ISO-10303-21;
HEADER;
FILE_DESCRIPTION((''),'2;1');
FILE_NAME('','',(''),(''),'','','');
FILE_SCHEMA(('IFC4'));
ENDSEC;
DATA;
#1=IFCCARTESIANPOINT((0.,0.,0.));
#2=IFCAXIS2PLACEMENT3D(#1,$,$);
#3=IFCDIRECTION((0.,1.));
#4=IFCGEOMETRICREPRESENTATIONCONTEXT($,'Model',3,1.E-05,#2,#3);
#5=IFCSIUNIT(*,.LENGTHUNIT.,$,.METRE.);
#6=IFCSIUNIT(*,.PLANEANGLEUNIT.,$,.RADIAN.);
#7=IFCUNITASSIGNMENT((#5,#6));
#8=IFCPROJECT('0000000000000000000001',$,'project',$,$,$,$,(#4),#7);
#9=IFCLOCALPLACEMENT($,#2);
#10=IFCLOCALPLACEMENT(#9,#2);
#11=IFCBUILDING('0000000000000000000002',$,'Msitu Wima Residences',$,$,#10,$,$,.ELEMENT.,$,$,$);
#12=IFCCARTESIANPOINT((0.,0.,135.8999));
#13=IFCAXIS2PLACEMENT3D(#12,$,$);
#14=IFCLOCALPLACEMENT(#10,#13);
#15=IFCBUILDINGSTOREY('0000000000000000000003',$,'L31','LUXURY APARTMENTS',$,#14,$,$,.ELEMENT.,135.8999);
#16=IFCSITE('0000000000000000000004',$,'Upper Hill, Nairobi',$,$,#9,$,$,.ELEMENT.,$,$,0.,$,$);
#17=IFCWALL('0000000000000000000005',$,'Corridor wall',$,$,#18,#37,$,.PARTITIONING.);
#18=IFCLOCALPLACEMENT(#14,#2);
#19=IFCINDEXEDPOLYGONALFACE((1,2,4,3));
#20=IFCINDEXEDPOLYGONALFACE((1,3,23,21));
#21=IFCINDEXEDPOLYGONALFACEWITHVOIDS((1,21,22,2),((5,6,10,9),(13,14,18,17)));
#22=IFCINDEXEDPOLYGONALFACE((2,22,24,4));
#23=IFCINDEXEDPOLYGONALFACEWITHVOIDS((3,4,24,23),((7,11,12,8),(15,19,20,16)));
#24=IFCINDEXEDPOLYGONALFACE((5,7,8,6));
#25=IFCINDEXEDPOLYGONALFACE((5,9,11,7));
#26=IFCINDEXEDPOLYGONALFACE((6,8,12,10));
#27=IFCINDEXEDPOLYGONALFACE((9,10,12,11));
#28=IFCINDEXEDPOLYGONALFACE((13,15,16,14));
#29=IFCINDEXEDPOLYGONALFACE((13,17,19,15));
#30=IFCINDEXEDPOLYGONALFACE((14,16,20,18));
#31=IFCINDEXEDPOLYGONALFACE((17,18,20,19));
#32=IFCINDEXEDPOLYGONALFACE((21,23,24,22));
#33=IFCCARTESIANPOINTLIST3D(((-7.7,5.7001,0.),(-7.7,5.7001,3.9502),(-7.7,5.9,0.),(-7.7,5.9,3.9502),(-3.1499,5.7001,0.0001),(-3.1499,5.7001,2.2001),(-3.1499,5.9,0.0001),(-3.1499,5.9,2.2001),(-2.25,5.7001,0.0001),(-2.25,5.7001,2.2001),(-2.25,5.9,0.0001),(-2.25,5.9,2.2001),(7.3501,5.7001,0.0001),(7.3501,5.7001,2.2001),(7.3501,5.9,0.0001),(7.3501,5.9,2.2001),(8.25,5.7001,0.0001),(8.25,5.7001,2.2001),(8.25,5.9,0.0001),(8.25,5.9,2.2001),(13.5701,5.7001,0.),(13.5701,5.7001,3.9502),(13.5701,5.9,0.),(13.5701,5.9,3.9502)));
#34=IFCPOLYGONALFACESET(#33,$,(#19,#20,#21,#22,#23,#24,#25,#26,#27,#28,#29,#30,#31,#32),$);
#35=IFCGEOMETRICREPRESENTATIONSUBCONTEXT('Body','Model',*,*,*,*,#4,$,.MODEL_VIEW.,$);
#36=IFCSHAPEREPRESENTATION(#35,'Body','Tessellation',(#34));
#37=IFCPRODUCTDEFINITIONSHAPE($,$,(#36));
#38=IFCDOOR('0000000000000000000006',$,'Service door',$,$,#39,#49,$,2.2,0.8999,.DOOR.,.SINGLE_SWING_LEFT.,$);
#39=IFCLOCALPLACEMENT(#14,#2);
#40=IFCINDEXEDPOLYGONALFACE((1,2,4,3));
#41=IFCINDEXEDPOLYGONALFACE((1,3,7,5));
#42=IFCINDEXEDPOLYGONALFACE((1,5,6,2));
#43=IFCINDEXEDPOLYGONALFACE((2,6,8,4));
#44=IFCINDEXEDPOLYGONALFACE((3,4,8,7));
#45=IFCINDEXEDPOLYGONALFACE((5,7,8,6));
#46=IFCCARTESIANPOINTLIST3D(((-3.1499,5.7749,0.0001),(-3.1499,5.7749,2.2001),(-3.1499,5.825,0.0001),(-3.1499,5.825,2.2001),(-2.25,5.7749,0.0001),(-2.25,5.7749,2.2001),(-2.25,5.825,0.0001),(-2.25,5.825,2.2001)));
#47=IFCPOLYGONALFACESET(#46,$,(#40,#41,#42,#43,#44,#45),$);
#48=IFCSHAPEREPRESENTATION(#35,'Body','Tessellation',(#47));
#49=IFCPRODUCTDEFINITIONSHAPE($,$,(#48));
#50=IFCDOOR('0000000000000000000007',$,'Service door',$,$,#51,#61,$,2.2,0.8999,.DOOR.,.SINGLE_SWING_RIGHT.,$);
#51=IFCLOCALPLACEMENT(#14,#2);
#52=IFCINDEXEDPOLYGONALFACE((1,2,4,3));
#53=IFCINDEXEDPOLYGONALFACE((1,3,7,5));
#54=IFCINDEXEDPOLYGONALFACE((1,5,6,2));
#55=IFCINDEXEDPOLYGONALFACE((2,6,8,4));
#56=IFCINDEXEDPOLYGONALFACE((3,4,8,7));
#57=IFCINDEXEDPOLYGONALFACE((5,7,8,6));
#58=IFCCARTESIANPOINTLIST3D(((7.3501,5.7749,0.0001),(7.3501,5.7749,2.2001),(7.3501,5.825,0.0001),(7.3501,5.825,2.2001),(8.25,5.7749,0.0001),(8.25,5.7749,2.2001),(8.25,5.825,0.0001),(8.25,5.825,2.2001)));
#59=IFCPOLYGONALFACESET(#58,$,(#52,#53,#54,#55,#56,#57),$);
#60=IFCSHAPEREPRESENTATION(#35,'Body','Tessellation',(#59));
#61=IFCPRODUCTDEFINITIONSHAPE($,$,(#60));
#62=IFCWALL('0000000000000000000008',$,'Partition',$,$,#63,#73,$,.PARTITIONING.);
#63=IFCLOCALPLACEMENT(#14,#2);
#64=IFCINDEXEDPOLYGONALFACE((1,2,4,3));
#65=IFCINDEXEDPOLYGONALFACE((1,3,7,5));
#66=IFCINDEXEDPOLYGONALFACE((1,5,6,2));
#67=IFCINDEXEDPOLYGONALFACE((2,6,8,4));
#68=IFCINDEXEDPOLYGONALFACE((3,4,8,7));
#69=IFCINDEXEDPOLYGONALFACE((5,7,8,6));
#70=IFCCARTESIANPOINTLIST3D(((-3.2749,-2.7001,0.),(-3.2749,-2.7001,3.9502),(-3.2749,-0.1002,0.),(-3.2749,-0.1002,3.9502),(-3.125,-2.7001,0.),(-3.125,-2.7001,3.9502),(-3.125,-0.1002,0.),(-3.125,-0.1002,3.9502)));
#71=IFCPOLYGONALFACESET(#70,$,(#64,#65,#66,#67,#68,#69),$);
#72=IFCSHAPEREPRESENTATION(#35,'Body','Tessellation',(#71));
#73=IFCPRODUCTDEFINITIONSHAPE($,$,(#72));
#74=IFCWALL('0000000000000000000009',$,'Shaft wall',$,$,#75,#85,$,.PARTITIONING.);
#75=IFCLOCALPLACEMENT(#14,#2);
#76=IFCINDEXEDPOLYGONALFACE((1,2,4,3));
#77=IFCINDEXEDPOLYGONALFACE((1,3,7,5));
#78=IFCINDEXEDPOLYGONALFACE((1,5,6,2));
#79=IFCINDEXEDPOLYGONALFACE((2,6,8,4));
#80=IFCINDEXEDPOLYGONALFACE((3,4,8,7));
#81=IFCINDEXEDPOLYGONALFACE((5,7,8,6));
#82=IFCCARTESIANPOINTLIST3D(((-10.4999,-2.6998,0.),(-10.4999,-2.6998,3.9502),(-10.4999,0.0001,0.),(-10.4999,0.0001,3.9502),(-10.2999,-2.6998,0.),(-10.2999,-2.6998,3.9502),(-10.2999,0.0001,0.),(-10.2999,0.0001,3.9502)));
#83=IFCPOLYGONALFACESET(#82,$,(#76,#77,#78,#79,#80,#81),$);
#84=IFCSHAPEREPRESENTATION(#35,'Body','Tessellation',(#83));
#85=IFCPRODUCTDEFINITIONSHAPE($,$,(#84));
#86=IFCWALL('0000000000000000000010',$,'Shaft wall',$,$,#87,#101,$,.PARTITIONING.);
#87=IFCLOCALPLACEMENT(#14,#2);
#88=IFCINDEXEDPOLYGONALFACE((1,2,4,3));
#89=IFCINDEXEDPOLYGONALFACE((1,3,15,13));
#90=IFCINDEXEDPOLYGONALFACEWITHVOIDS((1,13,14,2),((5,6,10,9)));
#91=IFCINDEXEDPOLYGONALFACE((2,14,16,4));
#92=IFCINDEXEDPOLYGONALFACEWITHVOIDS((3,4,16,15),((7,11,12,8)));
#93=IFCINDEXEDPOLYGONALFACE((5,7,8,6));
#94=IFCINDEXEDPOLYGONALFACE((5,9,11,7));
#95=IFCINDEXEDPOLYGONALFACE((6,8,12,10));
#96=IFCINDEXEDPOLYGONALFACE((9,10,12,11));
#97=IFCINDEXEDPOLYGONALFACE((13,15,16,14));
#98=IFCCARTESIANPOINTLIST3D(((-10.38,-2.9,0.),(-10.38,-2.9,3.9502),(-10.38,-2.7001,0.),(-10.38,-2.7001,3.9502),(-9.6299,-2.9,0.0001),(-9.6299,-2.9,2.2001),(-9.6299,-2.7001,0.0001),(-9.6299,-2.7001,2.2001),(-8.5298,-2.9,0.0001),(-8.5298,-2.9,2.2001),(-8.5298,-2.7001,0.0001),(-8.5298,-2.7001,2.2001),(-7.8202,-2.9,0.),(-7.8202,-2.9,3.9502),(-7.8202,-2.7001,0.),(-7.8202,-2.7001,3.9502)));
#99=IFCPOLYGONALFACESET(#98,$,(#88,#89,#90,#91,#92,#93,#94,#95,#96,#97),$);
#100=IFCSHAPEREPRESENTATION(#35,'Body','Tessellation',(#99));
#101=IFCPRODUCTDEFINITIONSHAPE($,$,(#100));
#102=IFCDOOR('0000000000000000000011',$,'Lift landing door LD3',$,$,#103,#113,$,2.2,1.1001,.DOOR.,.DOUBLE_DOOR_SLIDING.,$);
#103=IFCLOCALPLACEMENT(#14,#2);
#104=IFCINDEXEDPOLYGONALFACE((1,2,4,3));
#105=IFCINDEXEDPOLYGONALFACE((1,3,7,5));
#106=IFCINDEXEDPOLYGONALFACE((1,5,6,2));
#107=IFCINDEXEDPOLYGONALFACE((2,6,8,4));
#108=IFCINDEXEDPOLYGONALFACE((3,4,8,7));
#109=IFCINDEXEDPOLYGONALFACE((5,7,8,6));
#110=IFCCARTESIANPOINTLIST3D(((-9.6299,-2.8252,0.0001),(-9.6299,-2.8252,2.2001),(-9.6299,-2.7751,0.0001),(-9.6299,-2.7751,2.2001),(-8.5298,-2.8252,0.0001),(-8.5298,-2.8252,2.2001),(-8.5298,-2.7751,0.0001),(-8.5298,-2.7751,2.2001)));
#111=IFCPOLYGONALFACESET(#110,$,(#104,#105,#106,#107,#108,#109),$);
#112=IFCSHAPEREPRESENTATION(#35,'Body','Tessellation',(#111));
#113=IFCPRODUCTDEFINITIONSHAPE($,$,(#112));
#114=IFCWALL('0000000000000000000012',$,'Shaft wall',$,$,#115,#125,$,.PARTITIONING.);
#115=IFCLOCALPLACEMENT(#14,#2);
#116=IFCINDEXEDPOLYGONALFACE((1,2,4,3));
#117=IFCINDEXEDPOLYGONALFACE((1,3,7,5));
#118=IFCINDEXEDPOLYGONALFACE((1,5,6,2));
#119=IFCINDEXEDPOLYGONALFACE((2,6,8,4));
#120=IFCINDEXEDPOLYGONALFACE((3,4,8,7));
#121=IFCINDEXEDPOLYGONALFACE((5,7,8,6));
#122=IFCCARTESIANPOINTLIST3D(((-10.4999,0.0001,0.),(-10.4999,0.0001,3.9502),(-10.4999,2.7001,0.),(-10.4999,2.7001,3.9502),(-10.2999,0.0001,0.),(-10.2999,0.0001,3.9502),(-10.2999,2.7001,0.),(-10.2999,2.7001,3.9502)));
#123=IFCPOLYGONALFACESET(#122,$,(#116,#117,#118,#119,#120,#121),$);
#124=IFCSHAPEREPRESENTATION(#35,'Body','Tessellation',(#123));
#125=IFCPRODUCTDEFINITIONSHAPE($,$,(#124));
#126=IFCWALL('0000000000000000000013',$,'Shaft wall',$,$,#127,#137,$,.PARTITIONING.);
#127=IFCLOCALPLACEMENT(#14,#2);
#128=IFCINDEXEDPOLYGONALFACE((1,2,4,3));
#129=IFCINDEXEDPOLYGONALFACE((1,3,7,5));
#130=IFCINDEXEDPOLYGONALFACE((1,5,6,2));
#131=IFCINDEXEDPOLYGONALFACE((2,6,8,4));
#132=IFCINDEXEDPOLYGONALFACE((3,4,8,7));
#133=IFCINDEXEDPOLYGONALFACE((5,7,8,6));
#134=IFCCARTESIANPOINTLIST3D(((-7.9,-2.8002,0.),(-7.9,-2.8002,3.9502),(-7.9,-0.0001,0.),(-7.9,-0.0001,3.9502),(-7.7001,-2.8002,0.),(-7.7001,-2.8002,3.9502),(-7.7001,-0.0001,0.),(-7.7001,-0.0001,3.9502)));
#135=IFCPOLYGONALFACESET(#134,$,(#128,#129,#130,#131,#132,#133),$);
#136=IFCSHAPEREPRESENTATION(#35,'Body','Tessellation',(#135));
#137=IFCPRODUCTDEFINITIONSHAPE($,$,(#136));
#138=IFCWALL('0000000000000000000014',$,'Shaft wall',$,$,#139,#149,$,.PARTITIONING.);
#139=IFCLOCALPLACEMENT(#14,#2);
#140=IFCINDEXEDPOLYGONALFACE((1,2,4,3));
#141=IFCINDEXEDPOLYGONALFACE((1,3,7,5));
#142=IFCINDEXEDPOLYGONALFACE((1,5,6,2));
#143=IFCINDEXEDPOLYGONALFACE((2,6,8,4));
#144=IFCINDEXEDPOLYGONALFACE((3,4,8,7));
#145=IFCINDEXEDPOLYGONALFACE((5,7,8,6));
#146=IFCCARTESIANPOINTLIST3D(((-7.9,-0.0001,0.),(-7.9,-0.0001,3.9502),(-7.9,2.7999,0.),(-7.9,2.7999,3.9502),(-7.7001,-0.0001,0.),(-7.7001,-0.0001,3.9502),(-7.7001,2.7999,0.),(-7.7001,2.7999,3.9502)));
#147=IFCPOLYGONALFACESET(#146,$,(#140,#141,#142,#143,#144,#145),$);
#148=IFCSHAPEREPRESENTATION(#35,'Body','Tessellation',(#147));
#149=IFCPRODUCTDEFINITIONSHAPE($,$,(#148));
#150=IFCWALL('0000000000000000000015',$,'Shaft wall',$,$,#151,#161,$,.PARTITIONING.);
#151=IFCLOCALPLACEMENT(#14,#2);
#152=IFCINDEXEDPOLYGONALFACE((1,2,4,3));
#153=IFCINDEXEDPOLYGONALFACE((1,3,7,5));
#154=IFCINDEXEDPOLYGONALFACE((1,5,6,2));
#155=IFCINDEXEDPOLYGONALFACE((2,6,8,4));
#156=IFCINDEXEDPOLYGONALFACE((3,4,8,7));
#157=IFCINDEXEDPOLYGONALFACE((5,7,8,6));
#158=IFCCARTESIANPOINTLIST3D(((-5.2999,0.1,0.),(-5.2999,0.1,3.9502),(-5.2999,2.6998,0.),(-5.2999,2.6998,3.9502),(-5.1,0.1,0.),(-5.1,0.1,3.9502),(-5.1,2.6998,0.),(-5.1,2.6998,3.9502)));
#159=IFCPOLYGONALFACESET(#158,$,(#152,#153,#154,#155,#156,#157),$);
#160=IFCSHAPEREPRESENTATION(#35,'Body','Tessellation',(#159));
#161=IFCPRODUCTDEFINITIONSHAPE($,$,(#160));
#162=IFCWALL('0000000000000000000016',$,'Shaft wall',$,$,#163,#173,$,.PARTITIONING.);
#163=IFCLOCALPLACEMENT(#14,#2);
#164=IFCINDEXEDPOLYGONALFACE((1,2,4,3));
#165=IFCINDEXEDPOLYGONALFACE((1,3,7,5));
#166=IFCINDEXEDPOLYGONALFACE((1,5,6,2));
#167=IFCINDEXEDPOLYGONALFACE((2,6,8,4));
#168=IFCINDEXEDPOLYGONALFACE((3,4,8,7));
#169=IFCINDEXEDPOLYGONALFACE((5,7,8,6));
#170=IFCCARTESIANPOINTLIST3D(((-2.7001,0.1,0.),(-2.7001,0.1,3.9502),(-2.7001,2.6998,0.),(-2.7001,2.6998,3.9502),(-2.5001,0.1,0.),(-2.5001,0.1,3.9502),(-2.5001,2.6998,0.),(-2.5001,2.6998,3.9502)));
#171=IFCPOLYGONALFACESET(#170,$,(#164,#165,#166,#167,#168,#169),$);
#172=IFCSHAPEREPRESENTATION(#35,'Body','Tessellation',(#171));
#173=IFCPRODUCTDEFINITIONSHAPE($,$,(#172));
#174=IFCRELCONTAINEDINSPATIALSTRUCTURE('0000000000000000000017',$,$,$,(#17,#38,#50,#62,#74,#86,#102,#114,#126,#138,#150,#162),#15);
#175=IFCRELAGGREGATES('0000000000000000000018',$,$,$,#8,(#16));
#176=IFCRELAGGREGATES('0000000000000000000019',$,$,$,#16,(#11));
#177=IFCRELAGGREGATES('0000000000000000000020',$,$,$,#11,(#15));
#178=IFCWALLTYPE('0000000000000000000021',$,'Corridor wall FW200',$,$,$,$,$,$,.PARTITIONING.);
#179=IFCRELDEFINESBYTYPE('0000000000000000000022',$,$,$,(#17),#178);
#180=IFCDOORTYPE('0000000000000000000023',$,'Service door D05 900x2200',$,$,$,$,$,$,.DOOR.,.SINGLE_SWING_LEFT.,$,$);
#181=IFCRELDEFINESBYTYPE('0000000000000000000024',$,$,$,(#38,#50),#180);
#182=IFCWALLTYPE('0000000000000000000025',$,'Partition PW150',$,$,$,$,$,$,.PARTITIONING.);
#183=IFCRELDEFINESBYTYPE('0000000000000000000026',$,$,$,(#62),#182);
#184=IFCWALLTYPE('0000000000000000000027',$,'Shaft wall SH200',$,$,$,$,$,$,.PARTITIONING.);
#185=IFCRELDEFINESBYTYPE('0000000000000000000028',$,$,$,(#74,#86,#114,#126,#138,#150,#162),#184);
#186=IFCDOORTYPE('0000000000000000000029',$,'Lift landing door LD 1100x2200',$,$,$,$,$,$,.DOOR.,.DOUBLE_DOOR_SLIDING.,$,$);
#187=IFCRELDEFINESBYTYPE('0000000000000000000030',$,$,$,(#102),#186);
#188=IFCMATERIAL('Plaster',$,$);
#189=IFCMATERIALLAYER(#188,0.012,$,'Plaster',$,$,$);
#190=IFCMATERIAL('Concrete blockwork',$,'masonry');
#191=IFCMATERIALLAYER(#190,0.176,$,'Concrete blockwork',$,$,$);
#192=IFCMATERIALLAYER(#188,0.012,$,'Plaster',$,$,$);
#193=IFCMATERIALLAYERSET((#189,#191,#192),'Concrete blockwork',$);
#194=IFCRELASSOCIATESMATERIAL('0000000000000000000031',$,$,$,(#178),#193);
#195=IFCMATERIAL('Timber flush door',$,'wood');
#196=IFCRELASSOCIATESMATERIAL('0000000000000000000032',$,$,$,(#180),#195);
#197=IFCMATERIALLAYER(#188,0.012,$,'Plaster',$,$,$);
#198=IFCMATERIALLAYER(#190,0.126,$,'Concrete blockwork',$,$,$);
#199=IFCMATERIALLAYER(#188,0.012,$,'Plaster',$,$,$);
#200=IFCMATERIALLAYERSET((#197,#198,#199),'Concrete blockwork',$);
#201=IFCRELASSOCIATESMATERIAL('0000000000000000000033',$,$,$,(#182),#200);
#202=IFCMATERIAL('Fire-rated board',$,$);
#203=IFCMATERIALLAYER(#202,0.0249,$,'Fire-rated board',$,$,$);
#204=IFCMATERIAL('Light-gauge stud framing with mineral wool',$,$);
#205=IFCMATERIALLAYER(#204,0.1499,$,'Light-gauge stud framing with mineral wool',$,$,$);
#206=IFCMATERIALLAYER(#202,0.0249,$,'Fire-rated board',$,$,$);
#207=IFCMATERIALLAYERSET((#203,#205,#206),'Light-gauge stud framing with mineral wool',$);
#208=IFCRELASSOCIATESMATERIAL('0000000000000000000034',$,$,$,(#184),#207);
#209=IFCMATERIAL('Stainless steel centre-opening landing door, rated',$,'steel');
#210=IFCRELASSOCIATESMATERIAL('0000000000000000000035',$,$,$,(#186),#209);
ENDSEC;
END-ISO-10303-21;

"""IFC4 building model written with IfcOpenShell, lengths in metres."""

from ifc_helpers import new_model, si_unit, direction, frame, frame_2d, origin, place, context, subcontext, project, spatial, rectangle, extrude, material, layer, layer_set, type_object, element, fill, save


model = new_model("IFC4")

# Units and contexts
model_context = context("Model", 3, precision=1e-05, world=origin(), true_north=direction((0.0, 1.0)))
body_context = subcontext(model_context, "Body", "Model", "MODEL_VIEW")
ifc_project = project(units=[si_unit("LENGTHUNIT", "METRE"), si_unit("PLANEANGLEUNIT", "RADIAN")], contexts=[model_context])

# Site, building, storey
site_placement = place(None, origin())
site = spatial("IfcSite", under=ifc_project, at=site_placement, Name="Upper Hill, Nairobi", CompositionType="ELEMENT", RefElevation=0.0)
building_placement = place(site_placement, origin())
building = spatial("IfcBuilding", under=site, at=building_placement, Name="Msitu Wima Residences", CompositionType="ELEMENT")
storey_placement = place(building_placement, frame((0.0, 0.0, 135.8999)))
storey = spatial("IfcBuildingStorey", under=building, at=storey_placement, Name="L31", Description="LUXURY APARTMENTS", CompositionType="ELEMENT", Elevation=135.8999)

# Shared definitions
ifc_material_1 = material(Name="Plaster")
ifc_layer_1 = layer(ifc_material_1, 0.012, Name="Plaster")
ifc_material_2 = material(Name="Concrete blockwork", Category="masonry")
ifc_layer_2 = layer(ifc_material_2, 0.176, Name="Concrete blockwork")
ifc_layer_3 = layer(ifc_material_1, 0.012, Name="Plaster")
ifc_layer_set_1 = layer_set([ifc_layer_1, ifc_layer_2, ifc_layer_3], Name="Concrete blockwork")
wall_type_1 = type_object("IfcWallType", Name="Corridor wall FW200", PredefinedType="PARTITIONING", material=ifc_layer_set_1)
ifc_material_3 = material(Name="Timber flush door", Category="wood")
door_type_1 = type_object("IfcDoorType", Name="Service door D05 900x2200", OperationType="SINGLE_SWING_LEFT", PredefinedType="DOOR", material=ifc_material_3)

# Wall, openings, doors
wall_1_placement = place(storey_placement, frame((-7.7, 5.8, 0.0), z_axis=(0.0, 0.0, 1.0), x_axis=(1.0, 0.0, 0.0)))
wall_1 = element("IfcWall", 1, at=wall_1_placement, inside=storey, type_object=wall_type_1, Name="Corridor wall", PredefinedType="PARTITIONING", context=body_context, shape_type="SweptSolid", body=[
    extrude(rectangle(XDim=21.27, YDim=0.2, at=frame_2d((10.635, 0.0))), origin(), (0.0, 0.0, 1.0), 3.9502),
])
opening_1_placement = place(wall_1_placement, frame((4.55, 0.0, 0.0)))
opening_1 = element("IfcOpeningElement", 2, at=opening_1_placement, cuts=wall_1, PredefinedType="OPENING", context=body_context, shape_type="SweptSolid", body=[
    extrude(rectangle(XDim=0.8999, YDim=2.2, at=frame_2d((0.45, 1.1001))), frame((0.0, 0.1099, 0.0), z_axis=(0.0, -1.0, 0.0), x_axis=(1.0, 0.0, 0.0)), (0.0, 0.0, 1.0), 0.22),
])
opening_2_placement = place(wall_1_placement, frame((15.05, 0.0, 0.0)))
opening_2 = element("IfcOpeningElement", 3, at=opening_2_placement, cuts=wall_1, PredefinedType="OPENING", context=body_context, shape_type="SweptSolid", body=[
    extrude(rectangle(XDim=0.8999, YDim=2.2, at=frame_2d((0.45, 1.1001))), frame((0.0, 0.1099, 0.0), z_axis=(0.0, -1.0, 0.0), x_axis=(1.0, 0.0, 0.0)), (0.0, 0.0, 1.0), 0.22),
])
door_1_placement = place(opening_1_placement, origin())
door_1 = element("IfcDoor", 4, at=door_1_placement, inside=storey, type_object=door_type_1, Name="Service door", OperationType="SINGLE_SWING_LEFT", OverallHeight=2.2, OverallWidth=0.8999, PredefinedType="DOOR", context=body_context, shape_type="SweptSolid", body=[
    extrude(rectangle(XDim=0.8999, YDim=2.2, at=frame_2d((0.45, 1.1001))), frame((0.0, 0.0249, 0.0), z_axis=(0.0, -1.0, 0.0), x_axis=(1.0, 0.0, 0.0)), (0.0, 0.0, 1.0), 0.05),
])
fill(opening_1, door_1)
door_2_placement = place(opening_2_placement, origin())
door_2 = element("IfcDoor", 5, at=door_2_placement, inside=storey, type_object=door_type_1, Name="Service door", OperationType="SINGLE_SWING_RIGHT", OverallHeight=2.2, OverallWidth=0.8999, PredefinedType="DOOR", context=body_context, shape_type="SweptSolid", body=[
    extrude(rectangle(XDim=0.8999, YDim=2.2, at=frame_2d((0.45, 1.1001))), frame((0.0, 0.0249, 0.0), z_axis=(0.0, -1.0, 0.0), x_axis=(1.0, 0.0, 0.0)), (0.0, 0.0, 1.0), 0.05),
])
fill(opening_2, door_2)

# Walls
ifc_layer_4 = layer(ifc_material_1, 0.012, Name="Plaster")
ifc_layer_5 = layer(ifc_material_2, 0.126, Name="Concrete blockwork")
ifc_layer_6 = layer(ifc_material_1, 0.012, Name="Plaster")
ifc_layer_set_2 = layer_set([ifc_layer_4, ifc_layer_5, ifc_layer_6], Name="Concrete blockwork")
wall_type_2 = type_object("IfcWallType", Name="Partition PW150", PredefinedType="PARTITIONING", material=ifc_layer_set_2)
wall_2_placement = place(storey_placement, frame((-3.2, -2.7, 0.0), z_axis=(0.0, 0.0, 1.0), x_axis=(0.0, 1.0, 0.0)))
element("IfcWall", 6, at=wall_2_placement, inside=storey, type_object=wall_type_2, Name="Partition", PredefinedType="PARTITIONING", context=body_context, shape_type="SweptSolid", body=[
    extrude(rectangle(XDim=2.5999, YDim=0.1499, at=frame_2d((1.2998, 0.0))), origin(), (0.0, 0.0, 1.0), 3.9502),
])
ifc_material_4 = material(Name="Fire-rated board")
ifc_layer_7 = layer(ifc_material_4, 0.0249, Name="Fire-rated board")
ifc_material_5 = material(Name="Light-gauge stud framing with mineral wool")
ifc_layer_8 = layer(ifc_material_5, 0.1499, Name="Light-gauge stud framing with mineral wool")
ifc_layer_9 = layer(ifc_material_4, 0.0249, Name="Fire-rated board")
ifc_layer_set_3 = layer_set([ifc_layer_7, ifc_layer_8, ifc_layer_9], Name="Light-gauge stud framing with mineral wool")
wall_type_3 = type_object("IfcWallType", Name="Shaft wall SH200", PredefinedType="PARTITIONING", material=ifc_layer_set_3)
wall_3_placement = place(storey_placement, frame((-10.3999, -2.7, 0.0), z_axis=(0.0, 0.0, 1.0), x_axis=(0.0, 1.0, 0.0)))
element("IfcWall", 7, at=wall_3_placement, inside=storey, type_object=wall_type_3, Name="Shaft wall", PredefinedType="PARTITIONING", context=body_context, shape_type="SweptSolid", body=[
    extrude(rectangle(XDim=2.7, YDim=0.2, at=frame_2d((1.3501, 0.0))), origin(), (0.0, 0.0, 1.0), 3.9502),
])

# Wall, opening, door
wall_4_placement = place(storey_placement, frame((-10.3799, -2.8, 0.0), z_axis=(0.0, 0.0, 1.0), x_axis=(1.0, 0.0, 0.0)))
wall_4 = element("IfcWall", 8, at=wall_4_placement, inside=storey, type_object=wall_type_3, Name="Shaft wall", PredefinedType="PARTITIONING", context=body_context, shape_type="SweptSolid", body=[
    extrude(rectangle(XDim=2.5598, YDim=0.2, at=frame_2d((1.2798, 0.0))), origin(), (0.0, 0.0, 1.0), 3.9502),
])
opening_3_placement = place(wall_4_placement, frame((0.75, 0.0, 0.0)))
opening_3 = element("IfcOpeningElement", 9, at=opening_3_placement, cuts=wall_4, PredefinedType="OPENING", context=body_context, shape_type="SweptSolid", body=[
    extrude(rectangle(XDim=1.1001, YDim=2.2, at=frame_2d((0.55, 1.1001))), frame((0.0, 0.1099, 0.0), z_axis=(0.0, -1.0, 0.0), x_axis=(1.0, 0.0, 0.0)), (0.0, 0.0, 1.0), 0.22),
])
ifc_material_6 = material(Name="Stainless steel centre-opening landing door, rated", Category="steel")
door_type_2 = type_object("IfcDoorType", Name="Lift landing door LD 1100x2200", OperationType="DOUBLE_DOOR_SLIDING", PredefinedType="DOOR", material=ifc_material_6)
door_3_placement = place(opening_3_placement, origin())
door_3 = element("IfcDoor", 10, at=door_3_placement, inside=storey, type_object=door_type_2, Name="Lift landing door LD3", OperationType="DOUBLE_DOOR_SLIDING", OverallHeight=2.2, OverallWidth=1.1001, PredefinedType="DOOR", context=body_context, shape_type="SweptSolid", body=[
    extrude(rectangle(XDim=1.1001, YDim=2.2, at=frame_2d((0.55, 1.1001))), frame((0.0, 0.0249, 0.0), z_axis=(0.0, -1.0, 0.0), x_axis=(1.0, 0.0, 0.0)), (0.0, 0.0, 1.0), 0.05),
])
fill(opening_3, door_3)

# Walls
wall_5_placement = place(storey_placement, frame((-10.3999, 0.0, 0.0), z_axis=(0.0, 0.0, 1.0), x_axis=(0.0, 1.0, 0.0)))
element("IfcWall", 11, at=wall_5_placement, inside=storey, type_object=wall_type_3, Name="Shaft wall", PredefinedType="PARTITIONING", context=body_context, shape_type="SweptSolid", body=[
    extrude(rectangle(XDim=2.7, YDim=0.2, at=frame_2d((1.3501, 0.0))), origin(), (0.0, 0.0, 1.0), 3.9502),
])
for number, where, z_axis, x_axis, name in (
    (12, (-7.8, -2.8, 0.0), (0.0, 0.0, 1.0), (0.0, 1.0, 0.0), "Shaft wall"),
    (13, (-7.8, 0.0, 0.0), (0.0, 0.0, 1.0), (0.0, 1.0, 0.0), "Shaft wall"),
):
    element("IfcWall", number, at=place(storey_placement, frame(where, z_axis=z_axis, x_axis=x_axis)), inside=storey, type_object=wall_type_3, Name=name, PredefinedType="PARTITIONING", context=body_context, shape_type="SweptSolid", body=[
        extrude(rectangle(XDim=2.8, YDim=0.2, at=frame_2d((1.3999, 0.0))), origin(), (0.0, 0.0, 1.0), 3.9502),
    ])
for number, where, z_axis, x_axis, name in (
    (14, (-5.2, 0.1001, 0.0), (0.0, 0.0, 1.0), (0.0, 1.0, 0.0), "Shaft wall"),
    (15, (-2.6001, 0.1001, 0.0), (0.0, 0.0, 1.0), (0.0, 1.0, 0.0), "Shaft wall"),
):
    element("IfcWall", number, at=place(storey_placement, frame(where, z_axis=z_axis, x_axis=x_axis)), inside=storey, type_object=wall_type_3, Name=name, PredefinedType="PARTITIONING", context=body_context, shape_type="SweptSolid", body=[
        extrude(rectangle(XDim=2.5999, YDim=0.2, at=frame_2d((1.2998, 0.0))), origin(), (0.0, 0.0, 1.0), 3.9502),
    ])

save(model, "model.ifc")
